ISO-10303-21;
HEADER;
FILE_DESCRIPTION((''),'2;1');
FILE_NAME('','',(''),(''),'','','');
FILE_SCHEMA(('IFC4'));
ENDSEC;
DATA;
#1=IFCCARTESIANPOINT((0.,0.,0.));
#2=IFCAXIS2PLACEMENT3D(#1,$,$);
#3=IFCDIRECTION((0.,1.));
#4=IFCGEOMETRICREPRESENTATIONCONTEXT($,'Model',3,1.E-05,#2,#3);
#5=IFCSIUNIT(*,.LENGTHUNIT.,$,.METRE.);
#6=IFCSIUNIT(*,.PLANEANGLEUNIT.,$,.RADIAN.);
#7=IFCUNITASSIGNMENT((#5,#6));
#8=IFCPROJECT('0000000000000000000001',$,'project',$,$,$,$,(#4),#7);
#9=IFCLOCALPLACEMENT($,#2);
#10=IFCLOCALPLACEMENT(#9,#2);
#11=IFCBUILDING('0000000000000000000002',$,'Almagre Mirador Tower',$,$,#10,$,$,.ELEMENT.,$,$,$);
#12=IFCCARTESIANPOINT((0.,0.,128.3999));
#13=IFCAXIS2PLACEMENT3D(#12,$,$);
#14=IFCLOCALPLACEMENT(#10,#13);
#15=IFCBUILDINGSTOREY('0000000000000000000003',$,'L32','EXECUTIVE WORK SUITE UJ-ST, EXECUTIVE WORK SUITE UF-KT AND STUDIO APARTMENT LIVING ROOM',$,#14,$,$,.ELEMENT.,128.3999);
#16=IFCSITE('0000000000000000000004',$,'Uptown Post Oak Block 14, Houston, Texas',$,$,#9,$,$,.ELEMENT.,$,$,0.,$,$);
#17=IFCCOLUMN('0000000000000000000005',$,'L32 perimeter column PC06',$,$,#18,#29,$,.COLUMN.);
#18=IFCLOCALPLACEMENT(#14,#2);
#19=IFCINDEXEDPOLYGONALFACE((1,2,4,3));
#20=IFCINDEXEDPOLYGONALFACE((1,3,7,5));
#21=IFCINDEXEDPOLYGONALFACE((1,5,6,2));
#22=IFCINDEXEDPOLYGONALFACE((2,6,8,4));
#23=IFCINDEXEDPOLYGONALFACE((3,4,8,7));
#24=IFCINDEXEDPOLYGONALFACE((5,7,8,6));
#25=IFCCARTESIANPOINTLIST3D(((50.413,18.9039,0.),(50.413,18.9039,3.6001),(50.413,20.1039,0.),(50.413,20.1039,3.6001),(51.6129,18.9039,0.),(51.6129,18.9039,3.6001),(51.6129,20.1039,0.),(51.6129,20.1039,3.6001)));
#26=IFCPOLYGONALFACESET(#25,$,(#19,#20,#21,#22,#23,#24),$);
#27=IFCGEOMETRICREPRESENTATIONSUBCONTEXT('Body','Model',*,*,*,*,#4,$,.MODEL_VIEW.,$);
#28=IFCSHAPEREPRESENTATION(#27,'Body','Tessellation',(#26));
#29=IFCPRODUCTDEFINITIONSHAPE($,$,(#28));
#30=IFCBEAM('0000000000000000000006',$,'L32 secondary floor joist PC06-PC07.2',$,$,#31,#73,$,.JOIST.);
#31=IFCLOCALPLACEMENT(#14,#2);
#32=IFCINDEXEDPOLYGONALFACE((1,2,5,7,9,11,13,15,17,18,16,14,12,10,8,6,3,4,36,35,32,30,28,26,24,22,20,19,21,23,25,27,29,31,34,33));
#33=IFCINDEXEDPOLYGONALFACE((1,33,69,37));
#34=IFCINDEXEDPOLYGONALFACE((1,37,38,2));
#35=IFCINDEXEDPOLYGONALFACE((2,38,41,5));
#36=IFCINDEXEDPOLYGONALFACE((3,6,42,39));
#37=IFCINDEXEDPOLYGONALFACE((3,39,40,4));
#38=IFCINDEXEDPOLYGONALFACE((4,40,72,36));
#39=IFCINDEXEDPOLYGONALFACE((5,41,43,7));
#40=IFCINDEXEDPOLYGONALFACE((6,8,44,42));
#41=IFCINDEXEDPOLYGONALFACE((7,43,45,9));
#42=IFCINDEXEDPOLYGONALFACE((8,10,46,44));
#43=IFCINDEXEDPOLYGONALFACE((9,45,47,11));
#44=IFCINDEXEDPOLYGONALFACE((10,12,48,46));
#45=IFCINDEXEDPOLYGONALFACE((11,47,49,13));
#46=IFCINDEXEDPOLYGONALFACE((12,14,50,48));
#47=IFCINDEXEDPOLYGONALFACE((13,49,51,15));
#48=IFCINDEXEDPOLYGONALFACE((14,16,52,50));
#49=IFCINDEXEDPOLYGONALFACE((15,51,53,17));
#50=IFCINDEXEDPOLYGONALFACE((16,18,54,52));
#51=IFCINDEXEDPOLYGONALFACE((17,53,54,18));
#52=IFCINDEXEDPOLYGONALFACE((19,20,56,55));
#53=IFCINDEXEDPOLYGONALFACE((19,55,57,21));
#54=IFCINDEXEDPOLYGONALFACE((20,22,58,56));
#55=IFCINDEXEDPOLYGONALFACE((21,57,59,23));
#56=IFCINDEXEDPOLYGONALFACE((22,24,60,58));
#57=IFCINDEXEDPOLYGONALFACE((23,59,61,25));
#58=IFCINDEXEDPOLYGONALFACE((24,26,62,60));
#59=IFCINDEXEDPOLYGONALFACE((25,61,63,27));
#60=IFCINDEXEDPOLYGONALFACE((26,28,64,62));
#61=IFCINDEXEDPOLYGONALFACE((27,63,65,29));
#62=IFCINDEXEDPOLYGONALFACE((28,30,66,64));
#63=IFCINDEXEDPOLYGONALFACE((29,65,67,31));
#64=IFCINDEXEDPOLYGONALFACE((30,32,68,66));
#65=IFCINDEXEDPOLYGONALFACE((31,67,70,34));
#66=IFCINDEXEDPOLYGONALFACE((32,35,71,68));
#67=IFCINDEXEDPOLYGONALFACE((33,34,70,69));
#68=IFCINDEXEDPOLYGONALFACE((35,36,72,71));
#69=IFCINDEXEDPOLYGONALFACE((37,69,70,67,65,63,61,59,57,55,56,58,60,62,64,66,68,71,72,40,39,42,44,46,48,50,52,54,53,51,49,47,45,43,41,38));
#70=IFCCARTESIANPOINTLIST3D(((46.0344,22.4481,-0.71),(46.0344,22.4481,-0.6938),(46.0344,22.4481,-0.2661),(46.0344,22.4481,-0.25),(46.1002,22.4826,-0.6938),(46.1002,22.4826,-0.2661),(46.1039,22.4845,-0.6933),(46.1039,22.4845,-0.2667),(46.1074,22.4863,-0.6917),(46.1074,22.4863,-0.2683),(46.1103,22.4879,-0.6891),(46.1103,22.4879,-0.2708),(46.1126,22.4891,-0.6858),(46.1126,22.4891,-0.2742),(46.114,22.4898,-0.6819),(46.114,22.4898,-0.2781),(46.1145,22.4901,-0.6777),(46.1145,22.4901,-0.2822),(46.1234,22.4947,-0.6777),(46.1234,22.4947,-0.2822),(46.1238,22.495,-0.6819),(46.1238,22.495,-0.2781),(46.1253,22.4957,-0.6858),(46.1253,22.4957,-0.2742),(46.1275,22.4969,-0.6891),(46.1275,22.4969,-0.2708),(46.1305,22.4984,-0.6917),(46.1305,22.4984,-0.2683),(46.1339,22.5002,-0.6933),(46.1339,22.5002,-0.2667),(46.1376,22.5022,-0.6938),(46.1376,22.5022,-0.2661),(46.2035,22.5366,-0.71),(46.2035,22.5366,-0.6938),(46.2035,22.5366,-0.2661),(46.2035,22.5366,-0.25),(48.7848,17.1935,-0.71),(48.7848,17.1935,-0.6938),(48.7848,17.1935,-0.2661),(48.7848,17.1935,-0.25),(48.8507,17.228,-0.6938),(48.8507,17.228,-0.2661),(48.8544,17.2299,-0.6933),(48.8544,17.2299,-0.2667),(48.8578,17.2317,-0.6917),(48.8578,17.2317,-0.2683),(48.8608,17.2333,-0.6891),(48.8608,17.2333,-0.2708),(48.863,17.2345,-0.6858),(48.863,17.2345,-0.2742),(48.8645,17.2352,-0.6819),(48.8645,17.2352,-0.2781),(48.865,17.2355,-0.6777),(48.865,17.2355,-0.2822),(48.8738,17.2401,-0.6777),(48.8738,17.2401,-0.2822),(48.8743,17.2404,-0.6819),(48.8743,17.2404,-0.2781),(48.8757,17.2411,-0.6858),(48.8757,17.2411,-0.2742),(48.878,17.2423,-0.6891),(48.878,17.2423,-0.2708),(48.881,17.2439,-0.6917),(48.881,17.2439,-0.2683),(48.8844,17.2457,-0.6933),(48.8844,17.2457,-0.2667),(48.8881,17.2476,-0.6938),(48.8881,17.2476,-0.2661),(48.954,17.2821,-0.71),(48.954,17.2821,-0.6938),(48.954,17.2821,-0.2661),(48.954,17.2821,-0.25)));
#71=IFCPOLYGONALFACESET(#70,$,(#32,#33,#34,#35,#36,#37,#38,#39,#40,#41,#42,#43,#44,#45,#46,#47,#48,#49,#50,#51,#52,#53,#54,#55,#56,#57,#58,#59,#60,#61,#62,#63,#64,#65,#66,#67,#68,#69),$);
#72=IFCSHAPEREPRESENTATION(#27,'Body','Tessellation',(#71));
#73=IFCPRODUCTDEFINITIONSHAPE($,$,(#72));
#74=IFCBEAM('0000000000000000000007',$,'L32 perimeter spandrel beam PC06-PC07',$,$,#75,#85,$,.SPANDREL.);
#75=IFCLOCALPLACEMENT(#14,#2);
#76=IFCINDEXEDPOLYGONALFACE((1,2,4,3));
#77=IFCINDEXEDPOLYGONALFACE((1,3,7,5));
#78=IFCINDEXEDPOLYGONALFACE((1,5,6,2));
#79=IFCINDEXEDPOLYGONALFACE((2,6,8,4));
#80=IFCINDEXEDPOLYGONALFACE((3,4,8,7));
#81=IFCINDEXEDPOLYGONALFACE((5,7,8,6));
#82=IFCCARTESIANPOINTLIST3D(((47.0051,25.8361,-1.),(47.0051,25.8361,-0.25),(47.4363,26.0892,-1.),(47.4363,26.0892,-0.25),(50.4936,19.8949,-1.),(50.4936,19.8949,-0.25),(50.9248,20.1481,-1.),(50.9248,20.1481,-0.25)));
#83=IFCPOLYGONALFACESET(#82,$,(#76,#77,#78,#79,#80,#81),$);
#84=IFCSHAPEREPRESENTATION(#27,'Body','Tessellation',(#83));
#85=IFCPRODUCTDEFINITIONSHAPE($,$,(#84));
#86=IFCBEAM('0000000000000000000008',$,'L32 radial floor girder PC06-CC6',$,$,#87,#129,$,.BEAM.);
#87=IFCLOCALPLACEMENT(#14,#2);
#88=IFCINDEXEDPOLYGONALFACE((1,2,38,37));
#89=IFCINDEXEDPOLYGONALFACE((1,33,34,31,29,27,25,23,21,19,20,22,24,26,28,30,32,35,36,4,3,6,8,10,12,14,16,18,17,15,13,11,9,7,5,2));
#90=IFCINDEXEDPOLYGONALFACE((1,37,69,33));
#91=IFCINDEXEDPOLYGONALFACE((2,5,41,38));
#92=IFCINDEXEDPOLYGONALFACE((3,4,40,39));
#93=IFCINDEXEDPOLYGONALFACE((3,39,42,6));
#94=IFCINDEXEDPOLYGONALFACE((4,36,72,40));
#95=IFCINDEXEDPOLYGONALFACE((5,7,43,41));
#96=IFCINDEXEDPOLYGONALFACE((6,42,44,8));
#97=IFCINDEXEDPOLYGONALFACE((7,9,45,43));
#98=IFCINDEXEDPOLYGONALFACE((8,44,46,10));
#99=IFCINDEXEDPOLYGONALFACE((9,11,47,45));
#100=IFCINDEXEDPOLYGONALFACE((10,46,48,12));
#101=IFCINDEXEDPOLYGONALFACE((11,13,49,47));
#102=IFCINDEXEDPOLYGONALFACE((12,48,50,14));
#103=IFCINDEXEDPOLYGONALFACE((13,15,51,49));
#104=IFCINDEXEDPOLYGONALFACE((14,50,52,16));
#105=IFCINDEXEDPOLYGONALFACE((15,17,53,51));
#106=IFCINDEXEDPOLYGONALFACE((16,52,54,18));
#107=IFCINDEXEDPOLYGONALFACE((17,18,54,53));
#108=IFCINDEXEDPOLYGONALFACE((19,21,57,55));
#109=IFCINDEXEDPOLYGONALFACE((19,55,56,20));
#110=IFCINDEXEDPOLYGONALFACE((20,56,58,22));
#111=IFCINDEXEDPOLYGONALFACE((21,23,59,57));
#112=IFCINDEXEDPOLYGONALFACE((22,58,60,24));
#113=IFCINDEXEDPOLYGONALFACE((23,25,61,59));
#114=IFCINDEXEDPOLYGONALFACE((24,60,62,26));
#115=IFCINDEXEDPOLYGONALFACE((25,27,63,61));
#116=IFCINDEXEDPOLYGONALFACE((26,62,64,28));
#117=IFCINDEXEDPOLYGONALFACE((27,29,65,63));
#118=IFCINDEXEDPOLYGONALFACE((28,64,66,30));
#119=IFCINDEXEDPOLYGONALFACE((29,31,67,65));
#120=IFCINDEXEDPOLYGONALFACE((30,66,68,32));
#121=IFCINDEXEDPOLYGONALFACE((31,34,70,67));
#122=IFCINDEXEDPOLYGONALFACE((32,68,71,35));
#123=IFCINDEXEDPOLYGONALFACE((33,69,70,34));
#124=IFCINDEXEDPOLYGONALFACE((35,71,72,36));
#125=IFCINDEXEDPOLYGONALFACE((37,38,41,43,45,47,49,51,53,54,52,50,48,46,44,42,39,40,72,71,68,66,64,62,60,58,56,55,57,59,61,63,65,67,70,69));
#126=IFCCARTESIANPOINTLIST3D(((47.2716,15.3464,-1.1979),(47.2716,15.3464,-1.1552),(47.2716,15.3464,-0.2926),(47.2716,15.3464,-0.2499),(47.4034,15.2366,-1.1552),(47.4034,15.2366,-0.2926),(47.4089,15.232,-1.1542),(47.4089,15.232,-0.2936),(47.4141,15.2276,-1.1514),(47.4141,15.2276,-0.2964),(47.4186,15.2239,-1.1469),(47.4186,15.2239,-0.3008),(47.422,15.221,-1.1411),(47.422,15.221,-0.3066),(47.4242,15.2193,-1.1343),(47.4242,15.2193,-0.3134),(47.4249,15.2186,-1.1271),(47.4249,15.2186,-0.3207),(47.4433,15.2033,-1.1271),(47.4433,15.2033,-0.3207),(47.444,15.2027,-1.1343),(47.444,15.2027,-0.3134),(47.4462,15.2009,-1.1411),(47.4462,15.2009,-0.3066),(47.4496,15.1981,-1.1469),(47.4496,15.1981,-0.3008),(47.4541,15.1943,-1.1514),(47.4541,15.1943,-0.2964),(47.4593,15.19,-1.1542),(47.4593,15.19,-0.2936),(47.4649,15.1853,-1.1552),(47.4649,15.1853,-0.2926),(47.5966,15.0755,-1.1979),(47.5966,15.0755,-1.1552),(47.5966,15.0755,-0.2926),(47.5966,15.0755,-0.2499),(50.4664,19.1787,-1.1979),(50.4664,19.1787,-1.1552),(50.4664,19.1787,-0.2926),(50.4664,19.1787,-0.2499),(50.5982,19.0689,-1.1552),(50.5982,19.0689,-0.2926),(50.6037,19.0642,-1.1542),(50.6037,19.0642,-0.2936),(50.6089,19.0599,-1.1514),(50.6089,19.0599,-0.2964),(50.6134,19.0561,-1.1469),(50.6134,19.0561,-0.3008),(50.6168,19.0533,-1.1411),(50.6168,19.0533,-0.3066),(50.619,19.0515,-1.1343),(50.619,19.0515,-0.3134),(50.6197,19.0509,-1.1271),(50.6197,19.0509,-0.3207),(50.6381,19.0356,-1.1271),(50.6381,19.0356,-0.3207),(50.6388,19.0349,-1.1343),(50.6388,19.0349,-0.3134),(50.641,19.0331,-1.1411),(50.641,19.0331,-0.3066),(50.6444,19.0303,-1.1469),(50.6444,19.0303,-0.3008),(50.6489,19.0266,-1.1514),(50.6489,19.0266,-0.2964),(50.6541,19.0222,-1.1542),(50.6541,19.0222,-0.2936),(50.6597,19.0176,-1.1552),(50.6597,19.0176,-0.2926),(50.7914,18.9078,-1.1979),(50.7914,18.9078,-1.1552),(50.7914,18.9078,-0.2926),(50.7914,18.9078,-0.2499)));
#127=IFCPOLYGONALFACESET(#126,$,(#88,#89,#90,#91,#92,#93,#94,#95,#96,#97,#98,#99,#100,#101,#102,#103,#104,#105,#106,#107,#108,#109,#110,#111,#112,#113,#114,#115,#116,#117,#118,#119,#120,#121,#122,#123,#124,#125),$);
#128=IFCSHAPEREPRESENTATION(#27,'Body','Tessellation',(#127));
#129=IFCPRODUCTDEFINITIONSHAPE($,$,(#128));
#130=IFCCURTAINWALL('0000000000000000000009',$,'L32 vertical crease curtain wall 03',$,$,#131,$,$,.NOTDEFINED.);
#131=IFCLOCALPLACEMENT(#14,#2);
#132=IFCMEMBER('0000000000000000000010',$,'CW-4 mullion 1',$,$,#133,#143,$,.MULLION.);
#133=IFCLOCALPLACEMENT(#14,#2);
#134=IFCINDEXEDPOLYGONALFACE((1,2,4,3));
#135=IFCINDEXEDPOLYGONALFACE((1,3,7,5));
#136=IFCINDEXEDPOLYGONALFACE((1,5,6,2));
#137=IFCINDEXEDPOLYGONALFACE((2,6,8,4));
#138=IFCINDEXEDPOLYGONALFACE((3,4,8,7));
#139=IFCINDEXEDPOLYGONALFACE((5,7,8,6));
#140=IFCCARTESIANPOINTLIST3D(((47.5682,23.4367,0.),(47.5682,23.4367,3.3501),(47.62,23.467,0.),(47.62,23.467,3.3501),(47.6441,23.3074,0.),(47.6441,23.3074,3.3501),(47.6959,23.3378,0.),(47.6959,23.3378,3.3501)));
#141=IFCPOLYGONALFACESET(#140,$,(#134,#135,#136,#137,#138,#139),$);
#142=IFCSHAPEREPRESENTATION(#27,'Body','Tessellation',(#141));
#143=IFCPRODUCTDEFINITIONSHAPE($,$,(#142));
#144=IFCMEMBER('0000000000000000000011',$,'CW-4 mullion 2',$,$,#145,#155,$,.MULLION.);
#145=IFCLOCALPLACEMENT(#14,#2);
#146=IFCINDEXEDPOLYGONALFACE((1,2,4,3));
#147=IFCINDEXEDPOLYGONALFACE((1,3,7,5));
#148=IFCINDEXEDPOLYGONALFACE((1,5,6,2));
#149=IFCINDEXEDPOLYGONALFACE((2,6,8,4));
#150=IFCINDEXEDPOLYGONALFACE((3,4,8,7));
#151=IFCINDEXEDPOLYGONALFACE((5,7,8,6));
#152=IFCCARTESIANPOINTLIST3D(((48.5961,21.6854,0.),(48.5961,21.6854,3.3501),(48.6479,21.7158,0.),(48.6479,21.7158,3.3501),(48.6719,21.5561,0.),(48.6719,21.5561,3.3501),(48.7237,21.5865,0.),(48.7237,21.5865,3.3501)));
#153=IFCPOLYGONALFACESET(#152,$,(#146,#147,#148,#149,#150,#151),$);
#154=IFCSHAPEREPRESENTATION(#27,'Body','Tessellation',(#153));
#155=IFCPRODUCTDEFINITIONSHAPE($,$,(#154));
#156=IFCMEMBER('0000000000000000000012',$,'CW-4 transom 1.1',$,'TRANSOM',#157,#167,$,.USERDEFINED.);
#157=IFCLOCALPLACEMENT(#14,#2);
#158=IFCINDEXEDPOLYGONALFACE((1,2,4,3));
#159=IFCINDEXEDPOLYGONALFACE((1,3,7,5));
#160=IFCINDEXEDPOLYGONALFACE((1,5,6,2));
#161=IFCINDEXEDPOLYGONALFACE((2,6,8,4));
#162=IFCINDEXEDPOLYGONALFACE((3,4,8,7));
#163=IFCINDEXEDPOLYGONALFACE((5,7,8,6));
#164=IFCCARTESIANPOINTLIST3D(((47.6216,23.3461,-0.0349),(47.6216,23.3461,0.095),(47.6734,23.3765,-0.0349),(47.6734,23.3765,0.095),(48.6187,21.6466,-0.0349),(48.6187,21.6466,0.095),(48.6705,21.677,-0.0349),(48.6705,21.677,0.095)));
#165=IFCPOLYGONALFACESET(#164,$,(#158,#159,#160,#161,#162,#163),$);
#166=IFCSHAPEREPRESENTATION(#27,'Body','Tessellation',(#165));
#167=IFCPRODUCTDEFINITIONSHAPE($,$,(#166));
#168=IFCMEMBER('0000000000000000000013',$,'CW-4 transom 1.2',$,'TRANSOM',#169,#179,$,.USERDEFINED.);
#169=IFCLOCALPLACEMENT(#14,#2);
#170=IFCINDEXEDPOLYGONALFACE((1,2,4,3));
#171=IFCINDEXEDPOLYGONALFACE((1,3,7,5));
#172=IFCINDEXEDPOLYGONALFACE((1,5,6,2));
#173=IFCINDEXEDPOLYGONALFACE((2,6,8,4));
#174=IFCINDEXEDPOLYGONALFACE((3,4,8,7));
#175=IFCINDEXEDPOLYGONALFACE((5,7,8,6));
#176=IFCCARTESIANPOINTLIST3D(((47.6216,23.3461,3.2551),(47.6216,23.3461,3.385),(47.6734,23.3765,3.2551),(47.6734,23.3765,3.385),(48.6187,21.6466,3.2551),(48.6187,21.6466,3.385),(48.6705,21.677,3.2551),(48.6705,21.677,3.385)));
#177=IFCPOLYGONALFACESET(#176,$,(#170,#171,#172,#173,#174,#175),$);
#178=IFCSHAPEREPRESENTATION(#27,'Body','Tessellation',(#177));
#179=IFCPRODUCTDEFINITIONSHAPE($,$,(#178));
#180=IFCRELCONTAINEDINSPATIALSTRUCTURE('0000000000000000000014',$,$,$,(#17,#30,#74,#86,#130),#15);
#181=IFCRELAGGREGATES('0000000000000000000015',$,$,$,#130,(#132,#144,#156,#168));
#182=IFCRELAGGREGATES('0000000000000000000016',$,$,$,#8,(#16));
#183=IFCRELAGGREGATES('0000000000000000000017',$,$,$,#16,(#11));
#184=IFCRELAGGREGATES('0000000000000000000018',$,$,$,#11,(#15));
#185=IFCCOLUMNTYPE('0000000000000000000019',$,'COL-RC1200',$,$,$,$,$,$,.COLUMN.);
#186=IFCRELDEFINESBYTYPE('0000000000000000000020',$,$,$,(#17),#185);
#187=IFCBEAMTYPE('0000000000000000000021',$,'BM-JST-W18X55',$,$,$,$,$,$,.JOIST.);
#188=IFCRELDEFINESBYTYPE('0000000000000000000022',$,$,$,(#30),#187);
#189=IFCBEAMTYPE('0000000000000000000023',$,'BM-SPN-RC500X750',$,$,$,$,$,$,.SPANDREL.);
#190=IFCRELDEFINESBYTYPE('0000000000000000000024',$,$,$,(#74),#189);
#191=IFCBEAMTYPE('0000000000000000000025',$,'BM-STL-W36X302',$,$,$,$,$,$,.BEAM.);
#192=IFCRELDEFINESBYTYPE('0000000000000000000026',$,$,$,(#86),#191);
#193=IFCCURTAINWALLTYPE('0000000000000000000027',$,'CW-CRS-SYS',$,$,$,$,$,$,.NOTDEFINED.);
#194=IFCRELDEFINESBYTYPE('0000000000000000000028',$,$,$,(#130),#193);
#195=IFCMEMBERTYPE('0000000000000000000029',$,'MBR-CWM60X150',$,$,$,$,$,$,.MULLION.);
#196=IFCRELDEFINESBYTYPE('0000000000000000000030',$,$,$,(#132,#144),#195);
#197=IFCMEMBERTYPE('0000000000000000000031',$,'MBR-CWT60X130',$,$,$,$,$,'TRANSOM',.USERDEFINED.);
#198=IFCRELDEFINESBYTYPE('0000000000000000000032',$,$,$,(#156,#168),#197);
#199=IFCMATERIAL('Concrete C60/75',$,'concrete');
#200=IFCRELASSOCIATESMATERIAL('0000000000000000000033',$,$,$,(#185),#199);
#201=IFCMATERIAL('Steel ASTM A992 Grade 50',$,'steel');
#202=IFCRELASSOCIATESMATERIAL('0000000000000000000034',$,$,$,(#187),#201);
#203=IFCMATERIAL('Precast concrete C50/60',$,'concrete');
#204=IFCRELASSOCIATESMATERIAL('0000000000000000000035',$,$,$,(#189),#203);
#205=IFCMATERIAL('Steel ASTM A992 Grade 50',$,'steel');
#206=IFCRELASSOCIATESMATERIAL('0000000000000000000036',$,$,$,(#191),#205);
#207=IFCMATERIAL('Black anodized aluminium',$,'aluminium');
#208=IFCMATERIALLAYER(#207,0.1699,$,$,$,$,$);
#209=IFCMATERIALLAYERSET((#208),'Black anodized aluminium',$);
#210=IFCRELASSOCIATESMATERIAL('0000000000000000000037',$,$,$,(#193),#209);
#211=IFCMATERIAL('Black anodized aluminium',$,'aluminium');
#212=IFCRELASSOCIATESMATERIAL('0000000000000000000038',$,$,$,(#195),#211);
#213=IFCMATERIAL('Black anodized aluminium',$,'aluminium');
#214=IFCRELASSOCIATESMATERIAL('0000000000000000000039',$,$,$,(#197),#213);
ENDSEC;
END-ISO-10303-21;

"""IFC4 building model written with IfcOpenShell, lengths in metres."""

from ifc_helpers import new_model, si_unit, direction, frame, origin, origin_2d, place, context, subcontext, project, spatial, rectangle, i_section, extrude, material, layer, layer_set, material_profile, profile_set, type_object, element, aggregate, save


model = new_model("IFC4")

# Units and contexts
model_context = context("Model", 3, precision=1e-05, world=origin(), true_north=direction((0.0, 1.0)))
body_context = subcontext(model_context, "Body", "Model", "MODEL_VIEW")
ifc_project = project(units=[si_unit("LENGTHUNIT", "METRE"), si_unit("PLANEANGLEUNIT", "RADIAN")], contexts=[model_context])

# Site, building, storey
site_placement = place(None, origin())
site = spatial("IfcSite", under=ifc_project, at=site_placement, Name="Uptown Post Oak Block 14, Houston, Texas", CompositionType="ELEMENT", RefElevation=0.0)
building_placement = place(site_placement, origin())
building = spatial("IfcBuilding", under=site, at=building_placement, Name="Almagre Mirador Tower", CompositionType="ELEMENT")
storey_placement = place(building_placement, frame((0.0, 0.0, 128.3999)))
storey = spatial("IfcBuildingStorey", under=building, at=storey_placement, Name="L32", Description="EXECUTIVE WORK SUITE UJ-ST, EXECUTIVE WORK SUITE UF-KT AND STUDIO APARTMENT LIVING ROOM", CompositionType="ELEMENT", Elevation=128.3999)

# Column
ifc_material_1 = material(Name="Concrete C60/75", Category="concrete")
ifc_material_profile_1 = material_profile(ifc_material_1, rectangle(XDim=1.2, YDim=1.2, at=origin_2d()), Name="RC1200X1200")
ifc_profile_set_1 = profile_set([ifc_material_profile_1], Name="Concrete C60/75")
column_type = type_object("IfcColumnType", Name="COL-RC1200", PredefinedType="COLUMN", material=ifc_profile_set_1)
column_placement = place(storey_placement, frame((51.0129, 19.5039, 0.0), z_axis=(0.0, 0.0, 1.0), x_axis=(1.0, 0.0, 0.0)))
element("IfcColumn", 1, at=column_placement, inside=storey, type_object=column_type, Name="L32 perimeter column PC06", PredefinedType="COLUMN", context=body_context, shape_type="SweptSolid", body=[
    extrude(rectangle(XDim=1.2, YDim=1.2, at=origin_2d()), origin(), (0.0, 0.0, 1.0), 3.6001),
])

# Beams
ifc_material_2 = material(Name="Steel ASTM A992 Grade 50", Category="steel")
ifc_material_profile_2 = material_profile(ifc_material_2, i_section(OverallWidth=0.1909, OverallDepth=0.46, WebThickness=0.01, FlangeThickness=0.0161, FilletRadius=0.0161, at=origin_2d()), Name="W18X55")
ifc_profile_set_2 = profile_set([ifc_material_profile_2], Name="Steel ASTM A992 Grade 50")
beam_type_1 = type_object("IfcBeamType", Name="BM-JST-W18X55", PredefinedType="JOIST", material=ifc_profile_set_2)
beam_1_placement = place(storey_placement, frame((48.8694, 17.2378, -0.48), z_axis=(-0.46375, 0.885966, 0.0), x_axis=(-0.885966, -0.46375, 0.0)))
element("IfcBeam", 2, at=beam_1_placement, inside=storey, type_object=beam_type_1, Name="L32 secondary floor joist PC06-PC07.2", PredefinedType="JOIST", context=body_context, shape_type="SweptSolid", body=[
    extrude(i_section(OverallWidth=0.1909, OverallDepth=0.46, WebThickness=0.01, FlangeThickness=0.0161, FilletRadius=0.0161, at=origin_2d()), origin(), (0.0, 0.0, 1.0), 5.9309),
])
ifc_material_3 = material(Name="Precast concrete C50/60", Category="concrete")
ifc_material_profile_3 = material_profile(ifc_material_3, rectangle(XDim=0.5, YDim=0.75, at=origin_2d()), Name="RC500X750")
ifc_profile_set_3 = profile_set([ifc_material_profile_3], Name="Precast concrete C50/60")
beam_type_2 = type_object("IfcBeamType", Name="BM-SPN-RC500X750", PredefinedType="SPANDREL", material=ifc_profile_set_3)
beam_2_placement = place(storey_placement, frame((50.7092, 20.0215, -0.625), z_axis=(-0.506343, 0.862332, 0.0), x_axis=(-0.862332, -0.506343, 0.0)))
element("IfcBeam", 3, at=beam_2_placement, inside=storey, type_object=beam_type_2, Name="L32 perimeter spandrel beam PC06-PC07", PredefinedType="SPANDREL", context=body_context, shape_type="SweptSolid", body=[
    extrude(rectangle(XDim=0.5, YDim=0.75, at=origin_2d()), origin(), (0.0, 0.0, 1.0), 6.8896),
])
ifc_material_4 = material(Name="Steel ASTM A992 Grade 50", Category="steel")
ifc_material_profile_4 = material_profile(ifc_material_4, i_section(OverallWidth=0.4231, OverallDepth=0.948, WebThickness=0.0239, FlangeThickness=0.0427, FilletRadius=0.0281, at=origin_2d()), Name="W36X302")
ifc_profile_set_4 = profile_set([ifc_material_profile_4], Name="Steel ASTM A992 Grade 50")
beam_type_3 = type_object("IfcBeamType", Name="BM-STL-W36X302", PredefinedType="BEAM", material=ifc_profile_set_4)
beam_3_placement = place(storey_placement, frame((50.6289, 19.0432, -0.7239), z_axis=(-0.640334, -0.768097, 0.0), x_axis=(0.768097, -0.640334, 0.0)))
element("IfcBeam", 4, at=beam_3_placement, inside=storey, type_object=beam_type_3, Name="L32 radial floor girder PC06-CC6", PredefinedType="BEAM", context=body_context, shape_type="SweptSolid", body=[
    extrude(i_section(OverallWidth=0.4231, OverallDepth=0.948, WebThickness=0.0239, FlangeThickness=0.0427, FilletRadius=0.0281, at=origin_2d()), origin(), (0.0, 0.0, 1.0), 4.9893),
])

# Curtain wall, members
ifc_material_5 = material(Name="Black anodized aluminium", Category="aluminium")
ifc_layer_1 = layer(ifc_material_5, 0.1699)
ifc_layer_set_1 = layer_set([ifc_layer_1], Name="Black anodized aluminium")
curtain_wall_type = type_object("IfcCurtainWallType", Name="CW-CRS-SYS", PredefinedType="NOTDEFINED", material=ifc_layer_set_1)
curtain_wall_placement = place(storey_placement, origin())
curtain_wall = element("IfcCurtainWall", 5, at=curtain_wall_placement, inside=storey, type_object=curtain_wall_type, Name="L32 vertical crease curtain wall 03", PredefinedType="NOTDEFINED")
ifc_material_6 = material(Name="Black anodized aluminium", Category="aluminium")
ifc_material_profile_5 = material_profile(ifc_material_6, rectangle(XDim=0.0601, YDim=0.1499, at=origin_2d()), Name="CWM60X150")
ifc_profile_set_5 = profile_set([ifc_material_profile_5], Name="Black anodized aluminium")
member_type_1 = type_object("IfcMemberType", Name="MBR-CWM60X150", PredefinedType="MULLION", material=ifc_profile_set_5)
member_1_placement = place(storey_placement, frame((47.6321, 23.3872, 0.0), z_axis=(0.0, 0.0, 1.0), x_axis=(0.862475, 0.5061, 0.0)))
member_1 = element("IfcMember", 6, at=member_1_placement, type_object=member_type_1, Name="CW-4 mullion 1", PredefinedType="MULLION", context=body_context, shape_type="SweptSolid", body=[
    extrude(rectangle(XDim=0.0601, YDim=0.1499, at=origin_2d()), origin(), (0.0, 0.0, 1.0), 3.3501),
])
member_2_placement = place(storey_placement, frame((48.6599, 21.636, 0.0), z_axis=(0.0, 0.0, 1.0), x_axis=(0.862475, 0.5061, 0.0)))
member_2 = element("IfcMember", 7, at=member_2_placement, type_object=member_type_1, Name="CW-4 mullion 2", PredefinedType="MULLION", context=body_context, shape_type="SweptSolid", body=[
    extrude(rectangle(XDim=0.0601, YDim=0.1499, at=origin_2d()), origin(), (0.0, 0.0, 1.0), 3.3501),
])
ifc_material_7 = material(Name="Black anodized aluminium", Category="aluminium")
ifc_material_profile_6 = material_profile(ifc_material_7, rectangle(XDim=0.0601, YDim=0.1299, at=origin_2d()), Name="CWT60X130")
ifc_profile_set_6 = profile_set([ifc_material_profile_6], Name="Black anodized aluminium")
member_type_2 = type_object("IfcMemberType", Name="MBR-CWT60X130", ElementType="TRANSOM", PredefinedType="USERDEFINED", material=ifc_profile_set_6)
member_3_placement = place(storey_placement, frame((47.6475, 23.3613, 0.03), z_axis=(0.506034, -0.862513, 0.0), x_axis=(0.862513, 0.506034, 0.0)))
member_3 = element("IfcMember", 8, at=member_3_placement, type_object=member_type_2, Name="CW-4 transom 1.1", ObjectType="TRANSOM", PredefinedType="USERDEFINED", context=body_context, shape_type="SweptSolid", body=[
    extrude(rectangle(XDim=0.0601, YDim=0.1299, at=origin_2d()), origin(), (0.0, 0.0, 1.0), 1.9705),
])
member_4_placement = place(storey_placement, frame((47.6475, 23.3613, 3.3201), z_axis=(0.506034, -0.862513, 0.0), x_axis=(0.862513, 0.506034, 0.0)))
member_4 = element("IfcMember", 9, at=member_4_placement, type_object=member_type_2, Name="CW-4 transom 1.2", ObjectType="TRANSOM", PredefinedType="USERDEFINED", context=body_context, shape_type="SweptSolid", body=[
    extrude(rectangle(XDim=0.0601, YDim=0.1299, at=origin_2d()), origin(), (0.0, 0.0, 1.0), 1.9705),
])
aggregate(curtain_wall, [member_1, member_2, member_3, member_4])

save(model, "model.ifc")
